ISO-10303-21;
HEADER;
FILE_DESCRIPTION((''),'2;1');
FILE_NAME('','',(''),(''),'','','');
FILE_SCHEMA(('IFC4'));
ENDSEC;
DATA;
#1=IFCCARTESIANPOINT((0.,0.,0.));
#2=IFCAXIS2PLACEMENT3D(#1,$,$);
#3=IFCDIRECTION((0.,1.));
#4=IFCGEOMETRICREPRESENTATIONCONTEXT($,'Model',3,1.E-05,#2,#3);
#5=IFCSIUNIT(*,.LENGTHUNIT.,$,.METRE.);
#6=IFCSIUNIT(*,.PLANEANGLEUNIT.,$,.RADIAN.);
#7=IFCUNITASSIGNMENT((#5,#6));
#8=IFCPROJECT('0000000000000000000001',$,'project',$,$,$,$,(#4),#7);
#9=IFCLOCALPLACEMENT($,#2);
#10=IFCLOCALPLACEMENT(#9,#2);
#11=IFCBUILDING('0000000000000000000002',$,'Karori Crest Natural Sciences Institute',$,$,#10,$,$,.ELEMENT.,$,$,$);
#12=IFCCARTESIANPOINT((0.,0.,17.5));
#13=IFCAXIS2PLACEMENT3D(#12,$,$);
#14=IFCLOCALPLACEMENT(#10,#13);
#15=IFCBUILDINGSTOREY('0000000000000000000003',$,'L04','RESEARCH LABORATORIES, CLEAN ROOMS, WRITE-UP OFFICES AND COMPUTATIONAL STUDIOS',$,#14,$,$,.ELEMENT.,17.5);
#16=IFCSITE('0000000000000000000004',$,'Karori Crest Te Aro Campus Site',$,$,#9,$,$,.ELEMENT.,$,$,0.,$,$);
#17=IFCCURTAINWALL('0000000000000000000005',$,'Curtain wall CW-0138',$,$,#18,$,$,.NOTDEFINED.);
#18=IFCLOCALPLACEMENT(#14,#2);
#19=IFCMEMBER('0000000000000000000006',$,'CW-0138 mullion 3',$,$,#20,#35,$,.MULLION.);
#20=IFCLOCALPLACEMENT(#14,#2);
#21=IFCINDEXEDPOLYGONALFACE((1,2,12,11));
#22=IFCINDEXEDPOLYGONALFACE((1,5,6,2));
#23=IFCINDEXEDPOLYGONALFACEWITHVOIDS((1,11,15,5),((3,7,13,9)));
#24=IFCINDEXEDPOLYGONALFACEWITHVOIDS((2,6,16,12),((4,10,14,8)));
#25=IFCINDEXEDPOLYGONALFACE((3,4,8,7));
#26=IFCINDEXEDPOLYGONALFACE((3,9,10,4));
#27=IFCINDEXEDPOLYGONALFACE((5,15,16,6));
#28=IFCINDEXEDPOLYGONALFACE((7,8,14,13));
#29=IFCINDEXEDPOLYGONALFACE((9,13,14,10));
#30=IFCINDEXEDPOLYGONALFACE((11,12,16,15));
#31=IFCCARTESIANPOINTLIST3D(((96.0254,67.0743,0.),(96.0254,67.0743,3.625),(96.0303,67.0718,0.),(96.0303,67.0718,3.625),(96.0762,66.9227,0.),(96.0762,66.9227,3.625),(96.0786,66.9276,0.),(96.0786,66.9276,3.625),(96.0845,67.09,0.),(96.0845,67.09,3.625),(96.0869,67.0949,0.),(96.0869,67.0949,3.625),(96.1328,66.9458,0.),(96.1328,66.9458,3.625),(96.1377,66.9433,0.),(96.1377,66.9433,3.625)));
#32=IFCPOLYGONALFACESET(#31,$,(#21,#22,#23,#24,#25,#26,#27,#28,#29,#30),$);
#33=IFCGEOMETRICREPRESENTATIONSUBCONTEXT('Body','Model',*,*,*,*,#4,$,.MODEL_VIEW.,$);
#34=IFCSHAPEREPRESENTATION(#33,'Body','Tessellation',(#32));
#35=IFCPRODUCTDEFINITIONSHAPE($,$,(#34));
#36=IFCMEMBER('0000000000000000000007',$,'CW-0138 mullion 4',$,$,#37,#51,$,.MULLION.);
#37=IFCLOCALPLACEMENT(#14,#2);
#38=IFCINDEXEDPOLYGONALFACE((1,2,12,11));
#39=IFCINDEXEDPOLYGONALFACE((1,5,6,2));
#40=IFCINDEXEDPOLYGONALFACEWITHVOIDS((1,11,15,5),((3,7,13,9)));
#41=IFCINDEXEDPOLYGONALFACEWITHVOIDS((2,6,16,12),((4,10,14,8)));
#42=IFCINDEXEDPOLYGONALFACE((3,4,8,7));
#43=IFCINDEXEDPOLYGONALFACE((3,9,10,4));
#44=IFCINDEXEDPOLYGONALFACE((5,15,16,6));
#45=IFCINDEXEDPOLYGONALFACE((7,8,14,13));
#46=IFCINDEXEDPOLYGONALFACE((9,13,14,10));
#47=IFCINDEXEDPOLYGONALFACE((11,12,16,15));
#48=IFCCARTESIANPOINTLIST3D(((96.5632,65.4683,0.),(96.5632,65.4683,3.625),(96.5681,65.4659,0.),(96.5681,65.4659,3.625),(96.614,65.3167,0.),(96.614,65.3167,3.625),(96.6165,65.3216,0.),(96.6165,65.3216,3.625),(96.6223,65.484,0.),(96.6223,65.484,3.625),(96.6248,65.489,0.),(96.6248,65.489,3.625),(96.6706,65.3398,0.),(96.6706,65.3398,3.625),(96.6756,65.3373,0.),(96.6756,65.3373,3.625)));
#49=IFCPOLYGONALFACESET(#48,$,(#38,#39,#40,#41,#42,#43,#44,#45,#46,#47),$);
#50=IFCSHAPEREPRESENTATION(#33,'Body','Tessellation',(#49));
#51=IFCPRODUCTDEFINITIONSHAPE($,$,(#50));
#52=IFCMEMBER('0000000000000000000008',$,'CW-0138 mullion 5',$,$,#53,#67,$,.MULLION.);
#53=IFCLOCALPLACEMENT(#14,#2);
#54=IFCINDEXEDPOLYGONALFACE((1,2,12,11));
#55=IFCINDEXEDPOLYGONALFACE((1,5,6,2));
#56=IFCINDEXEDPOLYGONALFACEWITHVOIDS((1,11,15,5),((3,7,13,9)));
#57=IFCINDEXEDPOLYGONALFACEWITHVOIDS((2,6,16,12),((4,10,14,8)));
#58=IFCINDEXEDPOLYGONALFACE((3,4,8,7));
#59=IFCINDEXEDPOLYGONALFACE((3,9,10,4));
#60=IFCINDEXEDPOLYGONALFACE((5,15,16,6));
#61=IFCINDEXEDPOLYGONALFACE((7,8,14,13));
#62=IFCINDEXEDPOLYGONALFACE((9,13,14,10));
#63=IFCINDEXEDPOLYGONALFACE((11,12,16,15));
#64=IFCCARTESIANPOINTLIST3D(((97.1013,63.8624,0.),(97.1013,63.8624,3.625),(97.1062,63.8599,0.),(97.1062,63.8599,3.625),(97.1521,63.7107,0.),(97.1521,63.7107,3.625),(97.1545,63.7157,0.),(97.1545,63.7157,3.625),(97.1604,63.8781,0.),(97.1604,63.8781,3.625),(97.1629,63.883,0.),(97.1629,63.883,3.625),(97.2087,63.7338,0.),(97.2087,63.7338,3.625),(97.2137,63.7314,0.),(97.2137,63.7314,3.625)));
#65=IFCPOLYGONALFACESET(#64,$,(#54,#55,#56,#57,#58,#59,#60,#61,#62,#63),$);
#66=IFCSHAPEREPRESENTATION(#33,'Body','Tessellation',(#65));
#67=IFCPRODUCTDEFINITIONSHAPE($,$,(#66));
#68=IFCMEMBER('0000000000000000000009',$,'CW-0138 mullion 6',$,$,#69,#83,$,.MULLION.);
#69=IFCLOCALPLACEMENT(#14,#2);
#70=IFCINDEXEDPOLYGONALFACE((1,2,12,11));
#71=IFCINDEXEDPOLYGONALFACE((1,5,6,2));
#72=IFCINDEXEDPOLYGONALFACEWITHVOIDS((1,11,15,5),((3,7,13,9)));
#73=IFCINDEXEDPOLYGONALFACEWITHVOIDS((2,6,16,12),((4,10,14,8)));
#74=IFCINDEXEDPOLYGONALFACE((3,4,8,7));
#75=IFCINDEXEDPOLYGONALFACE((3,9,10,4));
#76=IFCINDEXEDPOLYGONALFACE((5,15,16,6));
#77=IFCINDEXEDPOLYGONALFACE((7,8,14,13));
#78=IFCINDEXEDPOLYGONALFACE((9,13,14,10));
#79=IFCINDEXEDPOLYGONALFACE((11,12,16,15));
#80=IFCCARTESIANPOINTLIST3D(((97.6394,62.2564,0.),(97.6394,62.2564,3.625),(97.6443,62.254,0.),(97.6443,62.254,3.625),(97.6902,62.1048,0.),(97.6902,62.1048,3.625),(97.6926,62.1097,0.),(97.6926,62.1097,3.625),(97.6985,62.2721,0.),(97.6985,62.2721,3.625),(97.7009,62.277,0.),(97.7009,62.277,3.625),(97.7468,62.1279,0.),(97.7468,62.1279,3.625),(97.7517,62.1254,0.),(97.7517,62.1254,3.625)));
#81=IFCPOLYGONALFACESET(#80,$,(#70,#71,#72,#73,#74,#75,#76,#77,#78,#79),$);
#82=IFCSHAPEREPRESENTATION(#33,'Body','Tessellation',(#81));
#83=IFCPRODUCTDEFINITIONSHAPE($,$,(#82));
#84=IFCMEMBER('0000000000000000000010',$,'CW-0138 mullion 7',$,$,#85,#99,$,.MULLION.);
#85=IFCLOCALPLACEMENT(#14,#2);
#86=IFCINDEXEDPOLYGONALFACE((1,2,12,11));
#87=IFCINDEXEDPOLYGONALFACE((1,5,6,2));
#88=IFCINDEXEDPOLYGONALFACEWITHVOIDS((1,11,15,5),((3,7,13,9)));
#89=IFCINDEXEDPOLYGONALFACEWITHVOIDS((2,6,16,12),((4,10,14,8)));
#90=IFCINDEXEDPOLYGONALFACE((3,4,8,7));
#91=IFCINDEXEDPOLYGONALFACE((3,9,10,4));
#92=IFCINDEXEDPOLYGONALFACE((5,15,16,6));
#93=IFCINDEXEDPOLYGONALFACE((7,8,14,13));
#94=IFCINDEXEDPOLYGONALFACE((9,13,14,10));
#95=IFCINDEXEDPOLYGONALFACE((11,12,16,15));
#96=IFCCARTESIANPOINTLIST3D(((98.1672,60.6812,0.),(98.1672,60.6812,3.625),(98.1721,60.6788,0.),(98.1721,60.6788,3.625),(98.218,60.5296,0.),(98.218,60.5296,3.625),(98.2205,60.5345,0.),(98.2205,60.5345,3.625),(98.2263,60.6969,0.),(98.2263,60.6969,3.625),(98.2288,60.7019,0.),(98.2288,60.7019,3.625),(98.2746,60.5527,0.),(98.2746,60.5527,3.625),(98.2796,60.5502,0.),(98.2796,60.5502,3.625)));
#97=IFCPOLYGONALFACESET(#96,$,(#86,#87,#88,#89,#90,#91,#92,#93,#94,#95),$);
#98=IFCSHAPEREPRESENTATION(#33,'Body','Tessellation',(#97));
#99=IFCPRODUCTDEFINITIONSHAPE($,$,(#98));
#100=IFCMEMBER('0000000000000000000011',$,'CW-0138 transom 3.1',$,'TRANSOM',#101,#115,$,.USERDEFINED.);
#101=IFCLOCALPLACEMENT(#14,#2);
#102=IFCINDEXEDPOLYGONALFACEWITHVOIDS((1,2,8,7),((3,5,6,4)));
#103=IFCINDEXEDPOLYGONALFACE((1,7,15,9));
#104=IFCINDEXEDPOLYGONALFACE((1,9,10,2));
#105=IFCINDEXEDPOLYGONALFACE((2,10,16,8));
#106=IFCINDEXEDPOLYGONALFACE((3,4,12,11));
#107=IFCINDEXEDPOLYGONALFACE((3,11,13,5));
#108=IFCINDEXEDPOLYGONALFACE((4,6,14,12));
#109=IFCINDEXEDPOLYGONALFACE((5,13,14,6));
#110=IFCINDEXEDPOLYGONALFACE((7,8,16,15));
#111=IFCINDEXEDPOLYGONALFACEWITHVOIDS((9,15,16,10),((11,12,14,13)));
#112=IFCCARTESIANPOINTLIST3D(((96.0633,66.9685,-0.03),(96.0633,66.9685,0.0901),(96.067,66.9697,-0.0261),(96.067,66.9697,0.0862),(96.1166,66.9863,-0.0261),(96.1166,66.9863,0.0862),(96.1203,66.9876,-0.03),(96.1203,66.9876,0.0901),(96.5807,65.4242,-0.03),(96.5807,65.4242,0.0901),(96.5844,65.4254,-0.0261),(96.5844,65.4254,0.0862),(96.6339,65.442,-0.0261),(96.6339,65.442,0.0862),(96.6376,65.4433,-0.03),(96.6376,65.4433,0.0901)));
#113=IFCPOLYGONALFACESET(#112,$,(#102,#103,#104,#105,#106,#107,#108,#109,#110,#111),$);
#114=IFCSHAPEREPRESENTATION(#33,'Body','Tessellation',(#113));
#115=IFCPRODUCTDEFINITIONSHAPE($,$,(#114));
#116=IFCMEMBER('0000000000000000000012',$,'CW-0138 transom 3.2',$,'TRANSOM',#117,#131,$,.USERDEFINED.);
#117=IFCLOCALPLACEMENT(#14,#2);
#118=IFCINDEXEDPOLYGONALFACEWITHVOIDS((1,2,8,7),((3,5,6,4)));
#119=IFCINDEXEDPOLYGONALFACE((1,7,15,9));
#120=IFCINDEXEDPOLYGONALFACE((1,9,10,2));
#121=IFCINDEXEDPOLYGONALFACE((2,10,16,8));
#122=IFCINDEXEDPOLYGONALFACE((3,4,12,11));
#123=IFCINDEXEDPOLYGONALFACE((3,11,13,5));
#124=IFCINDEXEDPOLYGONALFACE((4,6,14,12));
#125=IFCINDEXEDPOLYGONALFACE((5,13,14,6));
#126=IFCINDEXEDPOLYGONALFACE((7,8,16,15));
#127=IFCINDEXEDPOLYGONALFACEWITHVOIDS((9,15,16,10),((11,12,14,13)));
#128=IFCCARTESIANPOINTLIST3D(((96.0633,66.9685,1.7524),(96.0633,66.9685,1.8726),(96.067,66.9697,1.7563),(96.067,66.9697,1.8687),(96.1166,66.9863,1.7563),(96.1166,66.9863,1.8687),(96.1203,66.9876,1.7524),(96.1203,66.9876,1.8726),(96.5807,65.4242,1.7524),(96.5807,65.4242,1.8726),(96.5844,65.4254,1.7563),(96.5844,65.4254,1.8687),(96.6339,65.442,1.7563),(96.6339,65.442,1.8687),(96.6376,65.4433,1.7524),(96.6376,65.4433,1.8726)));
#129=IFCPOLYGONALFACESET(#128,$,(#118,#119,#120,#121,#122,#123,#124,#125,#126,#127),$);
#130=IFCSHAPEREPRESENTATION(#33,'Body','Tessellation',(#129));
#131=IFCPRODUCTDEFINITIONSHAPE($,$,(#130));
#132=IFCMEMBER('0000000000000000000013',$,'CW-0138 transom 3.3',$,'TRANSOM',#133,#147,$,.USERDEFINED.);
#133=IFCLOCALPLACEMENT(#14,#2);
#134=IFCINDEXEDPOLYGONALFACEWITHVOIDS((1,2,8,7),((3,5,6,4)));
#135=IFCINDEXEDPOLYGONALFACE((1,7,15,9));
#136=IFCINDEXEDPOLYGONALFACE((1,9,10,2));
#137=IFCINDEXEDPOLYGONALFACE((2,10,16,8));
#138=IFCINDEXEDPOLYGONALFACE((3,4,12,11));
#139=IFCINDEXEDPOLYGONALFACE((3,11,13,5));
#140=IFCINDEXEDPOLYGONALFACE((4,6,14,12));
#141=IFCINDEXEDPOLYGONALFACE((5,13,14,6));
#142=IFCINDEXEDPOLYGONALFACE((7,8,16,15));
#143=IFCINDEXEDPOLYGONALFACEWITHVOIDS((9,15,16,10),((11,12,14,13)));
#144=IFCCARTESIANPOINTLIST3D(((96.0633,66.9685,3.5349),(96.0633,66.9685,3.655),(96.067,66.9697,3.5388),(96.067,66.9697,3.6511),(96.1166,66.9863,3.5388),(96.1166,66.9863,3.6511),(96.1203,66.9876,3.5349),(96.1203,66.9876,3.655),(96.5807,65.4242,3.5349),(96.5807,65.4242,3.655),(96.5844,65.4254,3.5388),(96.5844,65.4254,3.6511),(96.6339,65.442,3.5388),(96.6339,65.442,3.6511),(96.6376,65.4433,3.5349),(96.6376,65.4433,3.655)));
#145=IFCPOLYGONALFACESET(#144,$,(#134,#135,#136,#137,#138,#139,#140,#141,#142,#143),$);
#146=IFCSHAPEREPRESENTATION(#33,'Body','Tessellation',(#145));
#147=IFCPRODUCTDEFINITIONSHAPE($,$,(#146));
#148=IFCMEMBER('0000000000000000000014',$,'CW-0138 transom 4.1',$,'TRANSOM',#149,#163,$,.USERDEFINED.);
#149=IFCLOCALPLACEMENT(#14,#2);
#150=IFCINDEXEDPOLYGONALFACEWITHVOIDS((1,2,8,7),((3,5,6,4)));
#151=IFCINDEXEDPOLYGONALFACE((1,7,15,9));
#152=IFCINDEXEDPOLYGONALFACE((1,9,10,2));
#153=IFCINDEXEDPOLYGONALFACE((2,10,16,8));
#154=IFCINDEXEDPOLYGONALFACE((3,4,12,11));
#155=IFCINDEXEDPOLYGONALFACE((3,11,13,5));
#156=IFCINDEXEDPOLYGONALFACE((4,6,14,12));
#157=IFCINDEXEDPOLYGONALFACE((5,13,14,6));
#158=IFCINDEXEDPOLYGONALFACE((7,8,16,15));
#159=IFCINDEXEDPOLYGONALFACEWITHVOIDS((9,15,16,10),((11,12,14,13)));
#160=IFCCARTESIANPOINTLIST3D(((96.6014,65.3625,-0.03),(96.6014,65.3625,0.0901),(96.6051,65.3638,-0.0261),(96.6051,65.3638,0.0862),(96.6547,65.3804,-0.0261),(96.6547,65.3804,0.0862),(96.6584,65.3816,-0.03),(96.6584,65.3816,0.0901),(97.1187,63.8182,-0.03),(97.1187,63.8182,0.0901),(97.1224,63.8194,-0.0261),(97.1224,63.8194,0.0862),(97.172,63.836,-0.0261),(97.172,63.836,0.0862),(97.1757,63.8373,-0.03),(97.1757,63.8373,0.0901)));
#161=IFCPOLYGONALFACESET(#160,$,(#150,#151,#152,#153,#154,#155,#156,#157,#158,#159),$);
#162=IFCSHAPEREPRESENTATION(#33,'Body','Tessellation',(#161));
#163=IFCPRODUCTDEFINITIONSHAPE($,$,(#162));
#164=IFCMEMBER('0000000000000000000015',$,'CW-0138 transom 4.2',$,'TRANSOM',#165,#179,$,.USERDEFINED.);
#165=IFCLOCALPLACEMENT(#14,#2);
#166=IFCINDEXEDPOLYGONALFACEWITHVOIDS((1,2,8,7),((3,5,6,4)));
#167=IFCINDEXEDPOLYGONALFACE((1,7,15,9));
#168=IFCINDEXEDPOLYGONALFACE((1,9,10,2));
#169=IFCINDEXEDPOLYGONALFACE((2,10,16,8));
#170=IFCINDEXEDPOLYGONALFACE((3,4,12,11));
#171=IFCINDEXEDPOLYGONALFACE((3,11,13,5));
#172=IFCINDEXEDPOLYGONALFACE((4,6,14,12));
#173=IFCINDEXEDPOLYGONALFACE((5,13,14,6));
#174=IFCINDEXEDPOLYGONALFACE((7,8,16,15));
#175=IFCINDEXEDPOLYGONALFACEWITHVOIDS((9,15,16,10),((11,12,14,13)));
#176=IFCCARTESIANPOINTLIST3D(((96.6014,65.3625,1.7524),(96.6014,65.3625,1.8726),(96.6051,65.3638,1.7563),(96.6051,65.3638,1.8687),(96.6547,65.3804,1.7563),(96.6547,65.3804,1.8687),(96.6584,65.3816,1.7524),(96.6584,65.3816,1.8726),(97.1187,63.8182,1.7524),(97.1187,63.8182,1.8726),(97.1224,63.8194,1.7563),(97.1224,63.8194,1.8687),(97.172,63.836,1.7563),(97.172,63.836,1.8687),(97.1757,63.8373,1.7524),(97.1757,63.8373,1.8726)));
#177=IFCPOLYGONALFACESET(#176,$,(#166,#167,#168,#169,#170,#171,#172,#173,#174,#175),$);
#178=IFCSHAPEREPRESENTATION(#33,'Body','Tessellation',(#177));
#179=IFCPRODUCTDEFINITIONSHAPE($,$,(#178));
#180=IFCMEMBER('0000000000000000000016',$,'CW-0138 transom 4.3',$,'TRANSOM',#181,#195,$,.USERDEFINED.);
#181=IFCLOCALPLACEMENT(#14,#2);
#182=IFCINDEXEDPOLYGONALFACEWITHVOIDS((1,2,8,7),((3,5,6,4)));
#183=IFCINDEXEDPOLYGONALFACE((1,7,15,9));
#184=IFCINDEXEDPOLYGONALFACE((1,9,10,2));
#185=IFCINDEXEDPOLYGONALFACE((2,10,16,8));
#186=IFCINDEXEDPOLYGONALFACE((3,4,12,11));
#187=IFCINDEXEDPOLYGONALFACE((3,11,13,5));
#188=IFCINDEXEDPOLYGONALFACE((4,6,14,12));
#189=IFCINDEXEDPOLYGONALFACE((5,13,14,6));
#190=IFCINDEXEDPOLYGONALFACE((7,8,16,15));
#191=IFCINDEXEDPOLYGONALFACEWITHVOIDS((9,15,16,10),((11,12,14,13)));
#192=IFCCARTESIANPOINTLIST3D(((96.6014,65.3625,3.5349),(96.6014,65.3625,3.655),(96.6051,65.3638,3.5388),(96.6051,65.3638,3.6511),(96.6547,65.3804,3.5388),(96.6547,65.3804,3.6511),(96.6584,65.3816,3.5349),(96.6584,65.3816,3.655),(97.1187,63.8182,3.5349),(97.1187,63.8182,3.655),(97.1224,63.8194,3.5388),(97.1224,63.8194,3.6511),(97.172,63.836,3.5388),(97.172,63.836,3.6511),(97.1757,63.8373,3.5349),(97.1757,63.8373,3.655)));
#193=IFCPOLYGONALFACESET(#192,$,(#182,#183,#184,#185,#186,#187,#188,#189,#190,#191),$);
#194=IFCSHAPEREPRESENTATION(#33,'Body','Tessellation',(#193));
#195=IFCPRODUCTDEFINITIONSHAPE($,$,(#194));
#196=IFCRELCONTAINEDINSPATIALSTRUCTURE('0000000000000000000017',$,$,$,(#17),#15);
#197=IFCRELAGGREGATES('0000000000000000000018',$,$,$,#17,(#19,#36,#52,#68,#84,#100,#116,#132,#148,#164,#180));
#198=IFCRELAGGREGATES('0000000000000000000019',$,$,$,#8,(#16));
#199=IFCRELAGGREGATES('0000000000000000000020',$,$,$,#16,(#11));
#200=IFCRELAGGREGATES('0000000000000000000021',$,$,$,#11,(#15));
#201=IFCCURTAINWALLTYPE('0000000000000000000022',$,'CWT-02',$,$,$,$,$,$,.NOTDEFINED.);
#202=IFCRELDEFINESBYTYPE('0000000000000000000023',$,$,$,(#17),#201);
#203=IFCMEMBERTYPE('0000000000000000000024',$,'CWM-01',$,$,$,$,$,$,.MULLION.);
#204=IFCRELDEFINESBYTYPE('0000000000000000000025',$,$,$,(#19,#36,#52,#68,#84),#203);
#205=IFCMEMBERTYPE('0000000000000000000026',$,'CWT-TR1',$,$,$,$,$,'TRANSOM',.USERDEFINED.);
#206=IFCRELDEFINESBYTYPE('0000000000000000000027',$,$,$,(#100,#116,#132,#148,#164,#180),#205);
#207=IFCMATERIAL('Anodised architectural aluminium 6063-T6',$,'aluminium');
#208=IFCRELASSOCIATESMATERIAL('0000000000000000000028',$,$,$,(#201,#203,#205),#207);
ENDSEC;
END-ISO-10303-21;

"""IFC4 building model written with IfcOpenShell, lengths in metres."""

from ifc_helpers import new_model, si_unit, direction, frame, origin, origin_2d, place, context, subcontext, project, spatial, hollow_rectangle, extrude, material, material_profile, profile_set, type_object, element, aggregate, save


model = new_model("IFC4")

# Units and contexts
model_context = context("Model", 3, precision=1e-05, world=origin(), true_north=direction((0.0, 1.0)))
body_context = subcontext(model_context, "Body", "Model", "MODEL_VIEW")
ifc_project = project(units=[si_unit("LENGTHUNIT", "METRE"), si_unit("PLANEANGLEUNIT", "RADIAN")], contexts=[model_context])

# Site, building, storey
site_placement = place(None, origin())
site = spatial("IfcSite", under=ifc_project, at=site_placement, Name="Karori Crest Te Aro Campus Site", CompositionType="ELEMENT", RefElevation=0.0)
building_placement = place(site_placement, origin())
building = spatial("IfcBuilding", under=site, at=building_placement, Name="Karori Crest Natural Sciences Institute", CompositionType="ELEMENT")
storey_placement = place(building_placement, frame((0.0, 0.0, 17.5)))
storey = spatial("IfcBuildingStorey", under=building, at=storey_placement, Name="L04", Description="RESEARCH LABORATORIES, CLEAN ROOMS, WRITE-UP OFFICES AND COMPUTATIONAL STUDIOS", CompositionType="ELEMENT", Elevation=17.5)

# Curtain wall, members
ifc_material_1 = material(Name="Anodised architectural aluminium 6063-T6", Category="aluminium")
curtain_wall_type = type_object("IfcCurtainWallType", Name="CWT-02", PredefinedType="NOTDEFINED", material=ifc_material_1)
curtain_wall_placement = place(storey_placement, origin())
curtain_wall = element("IfcCurtainWall", 1, at=curtain_wall_placement, inside=storey, type_object=curtain_wall_type, Name="Curtain wall CW-0138", PredefinedType="NOTDEFINED")
ifc_material_profile_1 = material_profile(ifc_material_1, hollow_rectangle(XDim=0.0649, YDim=0.1599, WallThickness=0.0039, at=origin_2d()), Name="CWM160x65x4")
ifc_profile_set_1 = profile_set([ifc_material_profile_1], Name="Anodised architectural aluminium 6063-T6")
member_type_1 = type_object("IfcMemberType", Name="CWM-01", PredefinedType="MULLION", material=ifc_profile_set_1)
member_1_placement = place(storey_placement, frame((96.0815, 67.0088, 0.0), z_axis=(0.0, 0.0, 1.0), x_axis=(0.948198, 0.31768, 0.0)))
member_1 = element("IfcMember", 2, at=member_1_placement, type_object=member_type_1, Name="CW-0138 mullion 3", PredefinedType="MULLION", context=body_context, shape_type="SweptSolid", body=[
    extrude(hollow_rectangle(XDim=0.0649, YDim=0.1599, WallThickness=0.0039, at=origin_2d()), origin(), (0.0, 0.0, 1.0), 3.625),
])
member_2_placement = place(storey_placement, frame((96.6194, 65.4028, 0.0), z_axis=(0.0, 0.0, 1.0), x_axis=(0.948198, 0.31768, 0.0)))
member_2 = element("IfcMember", 3, at=member_2_placement, type_object=member_type_1, Name="CW-0138 mullion 4", PredefinedType="MULLION", context=body_context, shape_type="SweptSolid", body=[
    extrude(hollow_rectangle(XDim=0.0649, YDim=0.1599, WallThickness=0.0039, at=origin_2d()), origin(), (0.0, 0.0, 1.0), 3.625),
])
member_3_placement = place(storey_placement, frame((97.1575, 63.7969, 0.0), z_axis=(0.0, 0.0, 1.0), x_axis=(0.948198, 0.31768, 0.0)))
member_3 = element("IfcMember", 4, at=member_3_placement, type_object=member_type_1, Name="CW-0138 mullion 5", PredefinedType="MULLION", context=body_context, shape_type="SweptSolid", body=[
    extrude(hollow_rectangle(XDim=0.0649, YDim=0.1599, WallThickness=0.0039, at=origin_2d()), origin(), (0.0, 0.0, 1.0), 3.625),
])
member_4_placement = place(storey_placement, frame((97.6956, 62.1909, 0.0), z_axis=(0.0, 0.0, 1.0), x_axis=(0.948198, 0.31768, 0.0)))
member_4 = element("IfcMember", 5, at=member_4_placement, type_object=member_type_1, Name="CW-0138 mullion 6", PredefinedType="MULLION", context=body_context, shape_type="SweptSolid", body=[
    extrude(hollow_rectangle(XDim=0.0649, YDim=0.1599, WallThickness=0.0039, at=origin_2d()), origin(), (0.0, 0.0, 1.0), 3.625),
])
member_5_placement = place(storey_placement, frame((98.2234, 60.6157, 0.0), z_axis=(0.0, 0.0, 1.0), x_axis=(0.948198, 0.31768, 0.0)))
member_5 = element("IfcMember", 6, at=member_5_placement, type_object=member_type_1, Name="CW-0138 mullion 7", PredefinedType="MULLION", context=body_context, shape_type="SweptSolid", body=[
    extrude(hollow_rectangle(XDim=0.0649, YDim=0.1599, WallThickness=0.0039, at=origin_2d()), origin(), (0.0, 0.0, 1.0), 3.625),
])
ifc_material_profile_2 = material_profile(ifc_material_1, hollow_rectangle(XDim=0.0601, YDim=0.1201, WallThickness=0.0039, at=origin_2d()), Name="CWT120x60x4")
ifc_profile_set_2 = profile_set([ifc_material_profile_2], Name="Anodised architectural aluminium 6063-T6")
member_type_2 = type_object("IfcMemberType", Name="CWT-TR1", ElementType="TRANSOM", PredefinedType="USERDEFINED", material=ifc_profile_set_2)
member_6_placement = place(storey_placement, frame((96.0918, 66.978, 0.03), z_axis=(0.317667, -0.948202, 0.0), x_axis=(0.948202, 0.317667, 0.0)))
member_6 = element("IfcMember", 7, at=member_6_placement, type_object=member_type_2, Name="CW-0138 transom 3.1", ObjectType="TRANSOM", PredefinedType="USERDEFINED", context=body_context, shape_type="SweptSolid", body=[
    extrude(hollow_rectangle(XDim=0.0601, YDim=0.1201, WallThickness=0.0039, at=origin_2d()), origin(), (0.0, 0.0, 1.0), 1.6287),
])
member_7_placement = place(storey_placement, frame((96.0918, 66.978, 1.8125), z_axis=(0.317667, -0.948202, 0.0), x_axis=(0.948202, 0.317667, 0.0)))
member_7 = element("IfcMember", 8, at=member_7_placement, type_object=member_type_2, Name="CW-0138 transom 3.2", ObjectType="TRANSOM", PredefinedType="USERDEFINED", context=body_context, shape_type="SweptSolid", body=[
    extrude(hollow_rectangle(XDim=0.0601, YDim=0.1201, WallThickness=0.0039, at=origin_2d()), origin(), (0.0, 0.0, 1.0), 1.6287),
])
member_8_placement = place(storey_placement, frame((96.0918, 66.978, 3.595), z_axis=(0.317667, -0.948202, 0.0), x_axis=(0.948202, 0.317667, 0.0)))
member_8 = element("IfcMember", 9, at=member_8_placement, type_object=member_type_2, Name="CW-0138 transom 3.3", ObjectType="TRANSOM", PredefinedType="USERDEFINED", context=body_context, shape_type="SweptSolid", body=[
    extrude(hollow_rectangle(XDim=0.0601, YDim=0.1201, WallThickness=0.0039, at=origin_2d()), origin(), (0.0, 0.0, 1.0), 1.6287),
])
member_9_placement = place(storey_placement, frame((96.6299, 65.3721, 0.03), z_axis=(0.317621, -0.948218, 0.0), x_axis=(0.948218, 0.317621, 0.0)))
member_9 = element("IfcMember", 10, at=member_9_placement, type_object=member_type_2, Name="CW-0138 transom 4.1", ObjectType="TRANSOM", PredefinedType="USERDEFINED", context=body_context, shape_type="SweptSolid", body=[
    extrude(hollow_rectangle(XDim=0.0601, YDim=0.1201, WallThickness=0.0039, at=origin_2d()), origin(), (0.0, 0.0, 1.0), 1.6287),
])
member_10_placement = place(storey_placement, frame((96.6299, 65.3721, 1.8125), z_axis=(0.317621, -0.948218, 0.0), x_axis=(0.948218, 0.317621, 0.0)))
member_10 = element("IfcMember", 11, at=member_10_placement, type_object=member_type_2, Name="CW-0138 transom 4.2", ObjectType="TRANSOM", PredefinedType="USERDEFINED", context=body_context, shape_type="SweptSolid", body=[
    extrude(hollow_rectangle(XDim=0.0601, YDim=0.1201, WallThickness=0.0039, at=origin_2d()), origin(), (0.0, 0.0, 1.0), 1.6287),
])
member_11_placement = place(storey_placement, frame((96.6299, 65.3721, 3.595), z_axis=(0.317621, -0.948218, 0.0), x_axis=(0.948218, 0.317621, 0.0)))
member_11 = element("IfcMember", 12, at=member_11_placement, type_object=member_type_2, Name="CW-0138 transom 4.3", ObjectType="TRANSOM", PredefinedType="USERDEFINED", context=body_context, shape_type="SweptSolid", body=[
    extrude(hollow_rectangle(XDim=0.0601, YDim=0.1201, WallThickness=0.0039, at=origin_2d()), origin(), (0.0, 0.0, 1.0), 1.6287),
])
aggregate(curtain_wall, [member_1, member_2, member_3, member_4, member_5, member_6, member_7, member_8, member_9, member_10, member_11])

save(model, "model.ifc")
